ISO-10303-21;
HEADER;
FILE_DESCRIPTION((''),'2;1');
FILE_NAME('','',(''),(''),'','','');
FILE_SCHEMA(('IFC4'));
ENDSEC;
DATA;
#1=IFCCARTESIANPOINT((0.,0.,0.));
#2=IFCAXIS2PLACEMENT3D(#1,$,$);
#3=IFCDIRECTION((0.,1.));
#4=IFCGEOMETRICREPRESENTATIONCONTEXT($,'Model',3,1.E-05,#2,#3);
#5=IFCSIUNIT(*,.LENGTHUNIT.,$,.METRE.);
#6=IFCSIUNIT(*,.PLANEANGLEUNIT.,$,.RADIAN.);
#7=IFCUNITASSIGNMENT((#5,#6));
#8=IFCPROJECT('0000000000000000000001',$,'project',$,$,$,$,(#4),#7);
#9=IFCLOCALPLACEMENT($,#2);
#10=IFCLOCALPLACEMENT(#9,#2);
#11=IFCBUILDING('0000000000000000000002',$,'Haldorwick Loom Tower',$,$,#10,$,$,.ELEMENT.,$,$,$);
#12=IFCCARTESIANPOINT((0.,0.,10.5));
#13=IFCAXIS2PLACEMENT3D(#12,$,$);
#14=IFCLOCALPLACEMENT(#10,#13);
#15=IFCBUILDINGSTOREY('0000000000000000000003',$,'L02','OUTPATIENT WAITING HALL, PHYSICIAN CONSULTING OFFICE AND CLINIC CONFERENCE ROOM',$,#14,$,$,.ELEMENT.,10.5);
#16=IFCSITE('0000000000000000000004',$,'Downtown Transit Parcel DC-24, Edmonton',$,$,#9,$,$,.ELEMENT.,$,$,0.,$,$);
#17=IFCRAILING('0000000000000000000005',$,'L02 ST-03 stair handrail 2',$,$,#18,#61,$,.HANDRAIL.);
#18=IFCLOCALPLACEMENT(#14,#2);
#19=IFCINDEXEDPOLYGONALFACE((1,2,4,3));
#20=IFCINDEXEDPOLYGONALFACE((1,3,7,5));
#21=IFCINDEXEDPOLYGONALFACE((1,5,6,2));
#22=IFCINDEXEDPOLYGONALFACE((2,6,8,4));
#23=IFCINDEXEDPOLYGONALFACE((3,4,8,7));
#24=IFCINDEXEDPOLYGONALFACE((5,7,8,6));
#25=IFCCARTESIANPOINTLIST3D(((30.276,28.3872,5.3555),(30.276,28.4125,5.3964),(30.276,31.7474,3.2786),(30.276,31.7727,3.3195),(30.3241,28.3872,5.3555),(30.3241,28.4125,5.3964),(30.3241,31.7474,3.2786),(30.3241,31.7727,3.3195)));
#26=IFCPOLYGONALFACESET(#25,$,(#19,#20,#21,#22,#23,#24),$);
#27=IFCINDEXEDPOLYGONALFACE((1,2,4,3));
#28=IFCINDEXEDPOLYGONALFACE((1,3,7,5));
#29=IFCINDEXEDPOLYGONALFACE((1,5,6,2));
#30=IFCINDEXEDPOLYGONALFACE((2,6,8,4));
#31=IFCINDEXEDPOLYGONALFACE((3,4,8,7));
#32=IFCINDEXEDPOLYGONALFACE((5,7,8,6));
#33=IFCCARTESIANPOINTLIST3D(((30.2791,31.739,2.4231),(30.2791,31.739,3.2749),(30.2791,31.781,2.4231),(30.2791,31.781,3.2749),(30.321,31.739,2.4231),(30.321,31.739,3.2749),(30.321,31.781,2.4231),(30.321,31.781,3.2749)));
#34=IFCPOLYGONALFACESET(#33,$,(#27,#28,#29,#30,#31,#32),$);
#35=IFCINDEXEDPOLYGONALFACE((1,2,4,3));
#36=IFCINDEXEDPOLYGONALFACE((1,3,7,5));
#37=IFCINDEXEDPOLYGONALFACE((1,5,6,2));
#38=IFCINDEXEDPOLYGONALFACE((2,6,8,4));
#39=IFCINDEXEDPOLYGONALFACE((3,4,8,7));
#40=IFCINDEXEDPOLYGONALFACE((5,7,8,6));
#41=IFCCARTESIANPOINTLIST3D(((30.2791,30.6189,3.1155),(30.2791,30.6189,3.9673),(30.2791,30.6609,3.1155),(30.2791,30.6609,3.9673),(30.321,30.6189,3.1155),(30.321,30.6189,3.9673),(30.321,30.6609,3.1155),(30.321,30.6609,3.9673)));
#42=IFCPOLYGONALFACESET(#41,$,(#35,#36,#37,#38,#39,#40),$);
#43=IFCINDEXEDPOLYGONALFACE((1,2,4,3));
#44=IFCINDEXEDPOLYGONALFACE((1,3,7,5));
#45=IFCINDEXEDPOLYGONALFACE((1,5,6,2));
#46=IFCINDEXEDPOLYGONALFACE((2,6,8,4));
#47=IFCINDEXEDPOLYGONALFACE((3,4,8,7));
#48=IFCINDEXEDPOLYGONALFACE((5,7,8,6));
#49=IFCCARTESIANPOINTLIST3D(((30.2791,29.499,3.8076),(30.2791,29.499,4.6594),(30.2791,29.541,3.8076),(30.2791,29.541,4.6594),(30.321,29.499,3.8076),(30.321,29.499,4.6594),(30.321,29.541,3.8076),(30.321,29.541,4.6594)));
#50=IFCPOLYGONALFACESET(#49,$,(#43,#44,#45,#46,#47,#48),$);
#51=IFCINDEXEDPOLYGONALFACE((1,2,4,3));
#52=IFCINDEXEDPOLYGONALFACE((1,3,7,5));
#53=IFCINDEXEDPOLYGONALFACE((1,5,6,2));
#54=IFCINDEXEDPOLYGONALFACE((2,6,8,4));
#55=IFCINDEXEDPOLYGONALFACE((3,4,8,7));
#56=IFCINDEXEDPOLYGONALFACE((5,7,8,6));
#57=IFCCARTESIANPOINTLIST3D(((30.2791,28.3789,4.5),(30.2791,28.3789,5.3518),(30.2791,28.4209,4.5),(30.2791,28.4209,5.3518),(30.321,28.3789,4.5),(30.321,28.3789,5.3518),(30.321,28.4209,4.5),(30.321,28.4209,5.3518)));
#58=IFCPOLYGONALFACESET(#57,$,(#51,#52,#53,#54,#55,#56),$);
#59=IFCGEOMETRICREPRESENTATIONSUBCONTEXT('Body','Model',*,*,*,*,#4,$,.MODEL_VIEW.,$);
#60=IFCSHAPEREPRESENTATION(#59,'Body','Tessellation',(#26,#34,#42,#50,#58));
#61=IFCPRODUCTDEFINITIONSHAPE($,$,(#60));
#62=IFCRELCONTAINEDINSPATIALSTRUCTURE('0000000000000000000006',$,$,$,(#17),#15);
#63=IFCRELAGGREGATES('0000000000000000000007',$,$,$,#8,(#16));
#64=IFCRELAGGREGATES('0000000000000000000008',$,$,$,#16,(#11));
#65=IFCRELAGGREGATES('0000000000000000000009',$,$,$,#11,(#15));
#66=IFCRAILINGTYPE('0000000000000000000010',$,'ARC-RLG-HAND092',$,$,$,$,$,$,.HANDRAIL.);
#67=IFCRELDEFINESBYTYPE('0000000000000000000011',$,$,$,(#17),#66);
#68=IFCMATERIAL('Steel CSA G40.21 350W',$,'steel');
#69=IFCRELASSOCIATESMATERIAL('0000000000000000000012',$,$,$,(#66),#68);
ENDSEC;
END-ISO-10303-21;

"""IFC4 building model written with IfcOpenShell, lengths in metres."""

from ifc_helpers import new_model, si_unit, direction, frame, origin, origin_2d, place, context, subcontext, project, spatial, rectangle, extrude, material, type_object, element, save


model = new_model("IFC4")

# Units and contexts
model_context = context("Model", 3, precision=1e-05, world=origin(), true_north=direction((0.0, 1.0)))
body_context = subcontext(model_context, "Body", "Model", "MODEL_VIEW")
ifc_project = project(units=[si_unit("LENGTHUNIT", "METRE"), si_unit("PLANEANGLEUNIT", "RADIAN")], contexts=[model_context])

# Site, building, storey
site_placement = place(None, origin())
site = spatial("IfcSite", under=ifc_project, at=site_placement, Name="Downtown Transit Parcel DC-24, Edmonton", CompositionType="ELEMENT", RefElevation=0.0)
building_placement = place(site_placement, origin())
building = spatial("IfcBuilding", under=site, at=building_placement, Name="Haldorwick Loom Tower", CompositionType="ELEMENT")
storey_placement = place(building_placement, frame((0.0, 0.0, 10.5)))
storey = spatial("IfcBuildingStorey", under=building, at=storey_placement, Name="L02", Description="OUTPATIENT WAITING HALL, PHYSICIAN CONSULTING OFFICE AND CLINIC CONFERENCE ROOM", CompositionType="ELEMENT", Elevation=10.5)

# Railing
ifc_material_1 = material(Name="Steel CSA G40.21 350W", Category="steel")
railing_type_1 = type_object("IfcRailingType", Name="ARC-RLG-HAND092", PredefinedType="HANDRAIL", material=ifc_material_1)
railing_1_placement = place(storey_placement, frame((30.3, 31.76, 2.4231)))
element("IfcRailing", 1, at=railing_1_placement, inside=storey, type_object=railing_type_1, Name="L02 ST-03 stair handrail 2", PredefinedType="HANDRAIL", context=body_context, shape_type="SweptSolid", body=[
    extrude(rectangle(XDim=0.0481, YDim=0.0481, at=origin_2d()), frame((0.0, 0.0, 0.876), z_axis=(0.0, -0.850623, 0.525776), x_axis=(1.0, 0.0, 0.0)), (0.0, 0.0, 1.0), 3.9502),
    extrude(rectangle(XDim=0.042, YDim=0.042, at=origin_2d()), origin(), (0.0, 0.0, 1.0), 0.8518),
    extrude(rectangle(XDim=0.042, YDim=0.042, at=origin_2d()), frame((0.0, -1.1201, 0.6924)), (0.0, 0.0, 1.0), 0.8518),
    extrude(rectangle(XDim=0.042, YDim=0.042, at=origin_2d()), frame((0.0, -2.24, 1.3845)), (0.0, 0.0, 1.0), 0.8518),
    extrude(rectangle(XDim=0.042, YDim=0.042, at=origin_2d()), frame((0.0, -3.3601, 2.0769)), (0.0, 0.0, 1.0), 0.8518),
])

save(model, "model.ifc")
